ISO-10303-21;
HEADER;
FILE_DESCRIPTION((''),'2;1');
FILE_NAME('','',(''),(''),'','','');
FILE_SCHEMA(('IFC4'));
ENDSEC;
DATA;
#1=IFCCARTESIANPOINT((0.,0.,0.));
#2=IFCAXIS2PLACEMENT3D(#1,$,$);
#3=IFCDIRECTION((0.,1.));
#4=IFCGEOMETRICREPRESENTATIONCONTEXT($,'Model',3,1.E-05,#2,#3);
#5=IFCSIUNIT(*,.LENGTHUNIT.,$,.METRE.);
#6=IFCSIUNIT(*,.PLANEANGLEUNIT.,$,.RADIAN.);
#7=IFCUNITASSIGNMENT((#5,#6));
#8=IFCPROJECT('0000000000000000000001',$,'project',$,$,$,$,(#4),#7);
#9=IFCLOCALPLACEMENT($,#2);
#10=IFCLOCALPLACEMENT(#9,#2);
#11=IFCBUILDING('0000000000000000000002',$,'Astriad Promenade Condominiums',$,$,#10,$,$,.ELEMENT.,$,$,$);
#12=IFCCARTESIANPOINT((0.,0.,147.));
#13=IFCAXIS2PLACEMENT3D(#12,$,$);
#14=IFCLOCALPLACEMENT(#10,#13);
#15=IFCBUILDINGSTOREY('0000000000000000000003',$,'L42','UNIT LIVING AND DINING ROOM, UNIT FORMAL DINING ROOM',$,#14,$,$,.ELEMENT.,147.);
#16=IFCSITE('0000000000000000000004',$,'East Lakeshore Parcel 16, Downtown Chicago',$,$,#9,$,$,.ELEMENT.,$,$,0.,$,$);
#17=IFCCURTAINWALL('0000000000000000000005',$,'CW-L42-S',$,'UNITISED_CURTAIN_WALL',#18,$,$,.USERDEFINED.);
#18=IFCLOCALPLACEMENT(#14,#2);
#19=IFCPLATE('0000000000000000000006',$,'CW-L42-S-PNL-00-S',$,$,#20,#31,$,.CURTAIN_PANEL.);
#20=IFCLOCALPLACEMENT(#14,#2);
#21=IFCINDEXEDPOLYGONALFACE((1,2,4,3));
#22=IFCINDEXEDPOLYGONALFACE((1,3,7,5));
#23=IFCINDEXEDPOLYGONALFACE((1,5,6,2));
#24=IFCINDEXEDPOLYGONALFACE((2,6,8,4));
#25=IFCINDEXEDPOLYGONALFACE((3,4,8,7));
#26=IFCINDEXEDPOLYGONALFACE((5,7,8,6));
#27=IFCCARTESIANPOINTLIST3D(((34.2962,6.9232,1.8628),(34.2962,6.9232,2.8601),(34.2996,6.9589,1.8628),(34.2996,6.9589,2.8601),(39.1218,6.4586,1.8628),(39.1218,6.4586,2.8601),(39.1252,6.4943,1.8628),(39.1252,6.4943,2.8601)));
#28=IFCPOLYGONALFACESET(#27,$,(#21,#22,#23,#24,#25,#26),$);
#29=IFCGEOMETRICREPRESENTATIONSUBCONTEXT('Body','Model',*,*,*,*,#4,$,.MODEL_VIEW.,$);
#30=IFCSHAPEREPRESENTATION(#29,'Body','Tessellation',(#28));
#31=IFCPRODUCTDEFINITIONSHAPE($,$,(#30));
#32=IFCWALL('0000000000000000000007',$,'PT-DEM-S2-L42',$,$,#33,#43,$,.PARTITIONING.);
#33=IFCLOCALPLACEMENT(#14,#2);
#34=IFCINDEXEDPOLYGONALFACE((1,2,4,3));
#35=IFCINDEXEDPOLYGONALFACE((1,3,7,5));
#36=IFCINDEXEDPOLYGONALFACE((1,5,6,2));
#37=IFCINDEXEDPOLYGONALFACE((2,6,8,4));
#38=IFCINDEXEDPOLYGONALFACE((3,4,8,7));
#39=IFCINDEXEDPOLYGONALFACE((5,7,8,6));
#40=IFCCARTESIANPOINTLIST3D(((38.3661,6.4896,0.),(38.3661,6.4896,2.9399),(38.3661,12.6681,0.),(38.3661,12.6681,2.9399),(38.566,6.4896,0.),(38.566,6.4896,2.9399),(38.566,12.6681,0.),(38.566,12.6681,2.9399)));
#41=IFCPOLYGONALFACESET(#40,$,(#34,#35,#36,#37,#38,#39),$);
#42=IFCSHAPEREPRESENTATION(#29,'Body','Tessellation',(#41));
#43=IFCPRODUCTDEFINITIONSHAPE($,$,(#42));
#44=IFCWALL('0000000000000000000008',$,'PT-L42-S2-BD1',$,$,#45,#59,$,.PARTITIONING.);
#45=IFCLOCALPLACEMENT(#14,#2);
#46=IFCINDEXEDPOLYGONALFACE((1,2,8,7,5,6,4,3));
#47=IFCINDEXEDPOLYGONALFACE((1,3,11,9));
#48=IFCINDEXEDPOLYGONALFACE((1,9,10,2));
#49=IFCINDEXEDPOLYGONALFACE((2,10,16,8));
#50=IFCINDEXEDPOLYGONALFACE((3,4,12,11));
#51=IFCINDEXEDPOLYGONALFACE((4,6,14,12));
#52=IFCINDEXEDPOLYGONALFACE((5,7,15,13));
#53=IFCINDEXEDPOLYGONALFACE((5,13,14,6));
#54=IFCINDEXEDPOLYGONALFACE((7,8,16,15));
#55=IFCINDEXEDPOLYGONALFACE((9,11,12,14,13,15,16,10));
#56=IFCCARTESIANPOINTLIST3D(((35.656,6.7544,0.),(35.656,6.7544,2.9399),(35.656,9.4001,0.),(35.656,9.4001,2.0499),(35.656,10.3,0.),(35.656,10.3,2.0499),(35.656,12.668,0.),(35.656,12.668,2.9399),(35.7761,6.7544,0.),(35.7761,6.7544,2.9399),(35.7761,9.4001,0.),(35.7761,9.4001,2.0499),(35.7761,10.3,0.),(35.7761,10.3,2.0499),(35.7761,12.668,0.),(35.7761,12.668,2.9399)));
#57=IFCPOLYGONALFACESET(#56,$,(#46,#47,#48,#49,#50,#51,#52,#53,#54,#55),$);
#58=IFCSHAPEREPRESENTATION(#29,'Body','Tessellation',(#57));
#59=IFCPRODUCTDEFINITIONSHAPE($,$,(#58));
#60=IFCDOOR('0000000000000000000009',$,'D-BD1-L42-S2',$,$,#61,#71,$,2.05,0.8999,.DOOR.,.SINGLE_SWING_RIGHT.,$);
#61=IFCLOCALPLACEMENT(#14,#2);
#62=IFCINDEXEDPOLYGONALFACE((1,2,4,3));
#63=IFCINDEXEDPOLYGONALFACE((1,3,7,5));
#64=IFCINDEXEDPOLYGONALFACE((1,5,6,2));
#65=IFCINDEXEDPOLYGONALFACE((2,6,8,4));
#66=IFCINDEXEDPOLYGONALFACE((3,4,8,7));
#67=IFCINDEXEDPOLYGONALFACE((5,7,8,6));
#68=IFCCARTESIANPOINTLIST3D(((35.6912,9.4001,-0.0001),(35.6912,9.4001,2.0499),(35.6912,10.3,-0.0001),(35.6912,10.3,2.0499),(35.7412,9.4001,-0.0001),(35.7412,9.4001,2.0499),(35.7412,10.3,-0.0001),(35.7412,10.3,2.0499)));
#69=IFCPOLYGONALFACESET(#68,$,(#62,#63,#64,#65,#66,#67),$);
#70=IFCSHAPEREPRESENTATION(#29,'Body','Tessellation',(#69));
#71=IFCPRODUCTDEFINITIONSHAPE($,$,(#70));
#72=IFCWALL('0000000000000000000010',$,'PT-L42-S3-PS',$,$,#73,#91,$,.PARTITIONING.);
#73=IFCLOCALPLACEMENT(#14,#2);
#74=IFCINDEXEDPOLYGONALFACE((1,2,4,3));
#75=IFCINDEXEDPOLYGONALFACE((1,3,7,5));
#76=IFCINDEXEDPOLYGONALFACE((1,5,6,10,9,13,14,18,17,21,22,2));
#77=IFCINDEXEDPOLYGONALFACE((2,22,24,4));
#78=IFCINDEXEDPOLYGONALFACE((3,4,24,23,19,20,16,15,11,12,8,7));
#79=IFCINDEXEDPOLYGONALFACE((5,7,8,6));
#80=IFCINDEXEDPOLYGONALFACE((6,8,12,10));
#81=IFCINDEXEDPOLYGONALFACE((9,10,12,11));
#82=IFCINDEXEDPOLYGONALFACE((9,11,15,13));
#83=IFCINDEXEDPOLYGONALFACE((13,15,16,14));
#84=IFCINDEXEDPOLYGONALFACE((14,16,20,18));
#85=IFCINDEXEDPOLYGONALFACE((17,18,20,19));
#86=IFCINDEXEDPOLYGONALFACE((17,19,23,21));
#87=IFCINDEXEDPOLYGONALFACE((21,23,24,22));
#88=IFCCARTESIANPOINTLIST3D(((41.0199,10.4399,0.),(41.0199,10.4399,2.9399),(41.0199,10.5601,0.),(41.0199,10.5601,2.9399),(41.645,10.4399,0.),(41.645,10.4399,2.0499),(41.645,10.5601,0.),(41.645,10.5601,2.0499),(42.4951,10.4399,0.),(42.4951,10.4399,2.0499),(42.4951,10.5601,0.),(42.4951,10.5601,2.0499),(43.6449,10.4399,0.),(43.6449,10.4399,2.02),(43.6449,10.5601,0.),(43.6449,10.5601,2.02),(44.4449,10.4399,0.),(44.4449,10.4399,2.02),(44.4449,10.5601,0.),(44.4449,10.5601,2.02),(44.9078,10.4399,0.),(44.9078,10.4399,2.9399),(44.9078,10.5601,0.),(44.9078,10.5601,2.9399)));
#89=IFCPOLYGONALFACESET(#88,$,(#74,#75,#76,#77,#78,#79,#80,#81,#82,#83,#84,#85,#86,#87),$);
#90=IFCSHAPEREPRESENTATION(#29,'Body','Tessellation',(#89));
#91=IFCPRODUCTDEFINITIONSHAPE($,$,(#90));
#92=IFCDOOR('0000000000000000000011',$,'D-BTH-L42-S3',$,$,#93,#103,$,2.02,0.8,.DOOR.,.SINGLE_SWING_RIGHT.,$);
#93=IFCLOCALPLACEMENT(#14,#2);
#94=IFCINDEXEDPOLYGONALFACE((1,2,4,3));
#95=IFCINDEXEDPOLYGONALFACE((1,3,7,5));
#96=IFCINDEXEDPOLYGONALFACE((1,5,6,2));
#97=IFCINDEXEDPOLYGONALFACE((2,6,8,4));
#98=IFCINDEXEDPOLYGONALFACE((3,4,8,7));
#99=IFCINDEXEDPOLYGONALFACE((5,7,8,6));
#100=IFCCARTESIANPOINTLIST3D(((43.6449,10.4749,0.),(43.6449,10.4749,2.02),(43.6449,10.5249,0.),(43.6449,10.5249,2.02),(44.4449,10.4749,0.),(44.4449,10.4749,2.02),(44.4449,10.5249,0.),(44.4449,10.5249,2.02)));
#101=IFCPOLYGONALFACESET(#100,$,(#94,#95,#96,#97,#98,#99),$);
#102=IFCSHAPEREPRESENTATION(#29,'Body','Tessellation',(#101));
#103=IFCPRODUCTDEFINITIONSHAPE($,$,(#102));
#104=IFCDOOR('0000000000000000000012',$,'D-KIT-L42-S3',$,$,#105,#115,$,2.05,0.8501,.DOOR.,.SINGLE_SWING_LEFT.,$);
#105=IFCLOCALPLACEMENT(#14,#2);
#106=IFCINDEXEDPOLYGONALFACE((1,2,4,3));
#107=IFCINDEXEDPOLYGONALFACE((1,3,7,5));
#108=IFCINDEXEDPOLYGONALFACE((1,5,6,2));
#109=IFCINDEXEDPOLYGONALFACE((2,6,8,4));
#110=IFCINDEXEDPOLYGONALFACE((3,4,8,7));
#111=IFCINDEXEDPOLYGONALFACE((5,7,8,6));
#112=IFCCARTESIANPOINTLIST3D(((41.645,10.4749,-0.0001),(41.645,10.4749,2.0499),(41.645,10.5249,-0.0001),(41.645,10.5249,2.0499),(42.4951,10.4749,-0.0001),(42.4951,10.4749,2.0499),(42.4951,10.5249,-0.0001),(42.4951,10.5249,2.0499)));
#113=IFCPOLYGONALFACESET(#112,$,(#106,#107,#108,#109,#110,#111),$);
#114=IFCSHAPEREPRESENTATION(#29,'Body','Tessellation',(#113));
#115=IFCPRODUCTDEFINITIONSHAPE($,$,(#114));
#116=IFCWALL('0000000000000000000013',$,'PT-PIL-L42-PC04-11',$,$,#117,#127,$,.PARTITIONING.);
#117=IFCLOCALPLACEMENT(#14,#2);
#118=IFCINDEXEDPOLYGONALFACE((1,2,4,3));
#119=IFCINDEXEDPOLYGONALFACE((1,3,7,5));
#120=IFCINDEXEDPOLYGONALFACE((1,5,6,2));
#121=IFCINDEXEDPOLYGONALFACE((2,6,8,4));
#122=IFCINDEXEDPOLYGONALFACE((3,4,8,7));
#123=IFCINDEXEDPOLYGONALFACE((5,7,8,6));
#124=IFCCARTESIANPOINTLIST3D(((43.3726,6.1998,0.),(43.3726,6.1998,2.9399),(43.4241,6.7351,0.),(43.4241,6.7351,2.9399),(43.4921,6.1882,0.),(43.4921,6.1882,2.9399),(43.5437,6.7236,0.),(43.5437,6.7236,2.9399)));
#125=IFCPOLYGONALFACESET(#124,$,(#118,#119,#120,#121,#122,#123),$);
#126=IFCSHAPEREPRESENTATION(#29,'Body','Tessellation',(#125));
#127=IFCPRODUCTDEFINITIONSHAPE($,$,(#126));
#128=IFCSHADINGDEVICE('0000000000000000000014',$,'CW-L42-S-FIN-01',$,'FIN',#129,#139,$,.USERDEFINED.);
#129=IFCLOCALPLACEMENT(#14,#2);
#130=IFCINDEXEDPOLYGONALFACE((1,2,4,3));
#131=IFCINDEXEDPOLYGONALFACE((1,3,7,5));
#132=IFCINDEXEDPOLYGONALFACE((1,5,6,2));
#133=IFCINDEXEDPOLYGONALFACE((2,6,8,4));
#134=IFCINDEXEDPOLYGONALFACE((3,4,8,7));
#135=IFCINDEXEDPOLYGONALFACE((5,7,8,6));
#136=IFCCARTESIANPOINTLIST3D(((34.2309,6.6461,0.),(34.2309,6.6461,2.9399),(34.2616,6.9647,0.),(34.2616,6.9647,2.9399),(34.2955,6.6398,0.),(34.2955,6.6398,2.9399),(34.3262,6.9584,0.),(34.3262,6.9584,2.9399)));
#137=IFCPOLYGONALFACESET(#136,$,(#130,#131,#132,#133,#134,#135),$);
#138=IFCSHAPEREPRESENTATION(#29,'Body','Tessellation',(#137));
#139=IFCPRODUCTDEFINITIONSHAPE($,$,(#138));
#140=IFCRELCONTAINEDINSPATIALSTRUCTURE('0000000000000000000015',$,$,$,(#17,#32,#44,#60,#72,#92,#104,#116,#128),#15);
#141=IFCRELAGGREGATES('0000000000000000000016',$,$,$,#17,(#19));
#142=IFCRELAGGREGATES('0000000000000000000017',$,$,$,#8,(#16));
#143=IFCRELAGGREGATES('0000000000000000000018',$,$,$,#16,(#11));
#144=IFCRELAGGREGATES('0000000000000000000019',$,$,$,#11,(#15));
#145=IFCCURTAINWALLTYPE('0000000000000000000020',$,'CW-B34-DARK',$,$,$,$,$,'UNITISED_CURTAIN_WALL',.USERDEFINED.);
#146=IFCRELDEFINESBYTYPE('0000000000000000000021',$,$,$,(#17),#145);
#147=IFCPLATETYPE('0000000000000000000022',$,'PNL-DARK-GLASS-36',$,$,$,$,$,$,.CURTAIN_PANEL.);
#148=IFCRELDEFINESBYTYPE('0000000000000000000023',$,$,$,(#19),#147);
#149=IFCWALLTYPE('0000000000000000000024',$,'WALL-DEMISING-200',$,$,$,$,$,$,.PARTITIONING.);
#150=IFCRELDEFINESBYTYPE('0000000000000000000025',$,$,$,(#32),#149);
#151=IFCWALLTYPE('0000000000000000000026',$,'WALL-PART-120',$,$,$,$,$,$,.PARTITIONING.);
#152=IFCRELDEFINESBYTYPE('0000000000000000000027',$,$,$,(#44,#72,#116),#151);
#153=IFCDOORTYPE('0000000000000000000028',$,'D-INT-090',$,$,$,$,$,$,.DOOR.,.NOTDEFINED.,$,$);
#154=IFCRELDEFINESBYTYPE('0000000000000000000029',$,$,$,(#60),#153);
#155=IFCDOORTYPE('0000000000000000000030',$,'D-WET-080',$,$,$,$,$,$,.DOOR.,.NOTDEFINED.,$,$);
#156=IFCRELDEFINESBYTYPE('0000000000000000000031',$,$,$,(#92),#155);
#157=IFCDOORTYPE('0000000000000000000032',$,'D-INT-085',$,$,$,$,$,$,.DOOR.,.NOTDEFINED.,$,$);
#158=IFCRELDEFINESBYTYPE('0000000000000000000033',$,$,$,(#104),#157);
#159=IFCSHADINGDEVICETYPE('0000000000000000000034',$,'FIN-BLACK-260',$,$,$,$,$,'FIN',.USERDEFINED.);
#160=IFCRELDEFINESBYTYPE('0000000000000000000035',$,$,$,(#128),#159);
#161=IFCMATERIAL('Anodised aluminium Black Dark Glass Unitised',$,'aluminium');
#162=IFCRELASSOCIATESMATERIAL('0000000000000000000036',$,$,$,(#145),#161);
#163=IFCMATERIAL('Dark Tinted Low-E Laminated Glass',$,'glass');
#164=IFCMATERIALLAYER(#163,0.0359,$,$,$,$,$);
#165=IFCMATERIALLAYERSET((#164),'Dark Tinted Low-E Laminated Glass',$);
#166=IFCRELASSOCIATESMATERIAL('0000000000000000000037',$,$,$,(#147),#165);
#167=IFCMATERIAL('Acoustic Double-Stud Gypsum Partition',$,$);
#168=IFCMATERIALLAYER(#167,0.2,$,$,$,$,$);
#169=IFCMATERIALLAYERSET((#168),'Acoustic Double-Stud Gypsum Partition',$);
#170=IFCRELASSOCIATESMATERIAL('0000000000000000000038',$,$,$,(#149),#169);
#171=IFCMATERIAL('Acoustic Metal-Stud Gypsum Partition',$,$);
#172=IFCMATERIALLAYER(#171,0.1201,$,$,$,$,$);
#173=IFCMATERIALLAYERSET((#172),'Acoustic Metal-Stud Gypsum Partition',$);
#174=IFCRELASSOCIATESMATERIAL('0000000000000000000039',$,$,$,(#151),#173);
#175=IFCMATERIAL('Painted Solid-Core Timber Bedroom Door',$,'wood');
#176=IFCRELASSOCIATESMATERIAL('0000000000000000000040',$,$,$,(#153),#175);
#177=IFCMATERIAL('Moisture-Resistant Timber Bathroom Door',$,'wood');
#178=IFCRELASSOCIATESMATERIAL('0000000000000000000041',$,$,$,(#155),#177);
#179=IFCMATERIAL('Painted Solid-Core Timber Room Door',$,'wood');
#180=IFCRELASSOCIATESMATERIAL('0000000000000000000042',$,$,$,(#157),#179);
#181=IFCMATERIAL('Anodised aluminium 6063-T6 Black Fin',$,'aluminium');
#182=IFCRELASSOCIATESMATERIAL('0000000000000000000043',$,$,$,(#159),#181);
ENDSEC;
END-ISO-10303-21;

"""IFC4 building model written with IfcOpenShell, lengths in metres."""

from ifc_helpers import new_model, si_unit, direction, frame, frame_2d, origin, origin_2d, place, context, subcontext, project, spatial, rectangle, extrude, source, transform, mapped, material, layer, layer_set, type_object, type_shapes, element, fill, aggregate, save


model = new_model("IFC4")

# Units and contexts
model_context = context("Model", 3, precision=1e-05, world=origin(), true_north=direction((0.0, 1.0)))
body_context = subcontext(model_context, "Body", "Model", "MODEL_VIEW")
ifc_project = project(units=[si_unit("LENGTHUNIT", "METRE"), si_unit("PLANEANGLEUNIT", "RADIAN")], contexts=[model_context])

# Site, building, storey
site_placement = place(None, origin())
site = spatial("IfcSite", under=ifc_project, at=site_placement, Name="East Lakeshore Parcel 16, Downtown Chicago", CompositionType="ELEMENT", RefElevation=0.0)
building_placement = place(site_placement, origin())
building = spatial("IfcBuilding", under=site, at=building_placement, Name="Astriad Promenade Condominiums", CompositionType="ELEMENT")
storey_placement = place(building_placement, frame((0.0, 0.0, 147.0)))
storey = spatial("IfcBuildingStorey", under=building, at=storey_placement, Name="L42", Description="UNIT LIVING AND DINING ROOM, UNIT FORMAL DINING ROOM", CompositionType="ELEMENT", Elevation=147.0)

# Curtain wall, plate
ifc_material_1 = material(Name="Anodised aluminium Black Dark Glass Unitised", Category="aluminium")
curtain_wall_type = type_object("IfcCurtainWallType", Name="CW-B34-DARK", ElementType="UNITISED_CURTAIN_WALL", PredefinedType="USERDEFINED", material=ifc_material_1)
curtain_wall_placement = place(storey_placement, origin())
curtain_wall = element("IfcCurtainWall", 1, at=curtain_wall_placement, inside=storey, type_object=curtain_wall_type, Name="CW-L42-S", ObjectType="UNITISED_CURTAIN_WALL", PredefinedType="USERDEFINED")
ifc_material_2 = material(Name="Dark Tinted Low-E Laminated Glass", Category="glass")
ifc_layer_1 = layer(ifc_material_2, 0.0359)
ifc_layer_set_1 = layer_set([ifc_layer_1], Name="Dark Tinted Low-E Laminated Glass")
plate_type = type_object("IfcPlateType", Name="PNL-DARK-GLASS-36", PredefinedType="CURTAIN_PANEL", material=ifc_layer_set_1)
shared_shape_1 = source(origin(), body_context, "Body", "SweptSolid", [
    extrude(rectangle(XDim=4.8479, YDim=0.0359, at=origin_2d()), origin(), (0.0, 0.0, 1.0), 0.9973),
])
plate_1_placement = place(storey_placement, frame((36.7107, 6.7087, 1.8628), z_axis=(0.0, 0.0, 1.0), x_axis=(-0.995396, 0.095846, 0.0)))
plate_1 = element("IfcPlate", 2, at=plate_1_placement, type_object=plate_type, Name="CW-L42-S-PNL-00-S", PredefinedType="CURTAIN_PANEL", context=body_context, shape_type="MappedRepresentation", body=[
    mapped(shared_shape_1, transform((0.0, 0.0, 0.0), scale=1.0)),
])
aggregate(curtain_wall, [plate_1])

# Wall
ifc_material_3 = material(Name="Acoustic Double-Stud Gypsum Partition")
ifc_layer_2 = layer(ifc_material_3, 0.2)
ifc_layer_set_2 = layer_set([ifc_layer_2], Name="Acoustic Double-Stud Gypsum Partition")
wall_type_1 = type_object("IfcWallType", Name="WALL-DEMISING-200", PredefinedType="PARTITIONING", material=ifc_layer_set_2)
wall_1_placement = place(storey_placement, frame((38.4661, 6.4895, 0.0), z_axis=(0.0, 0.0, 1.0), x_axis=(0.0, 1.0, 0.0)))
element("IfcWall", 3, at=wall_1_placement, inside=storey, type_object=wall_type_1, Name="PT-DEM-S2-L42", PredefinedType="PARTITIONING", context=body_context, shape_type="SweptSolid", body=[
    extrude(rectangle(XDim=6.1785, YDim=0.2, at=frame_2d((3.0894, 0.0))), origin(), (0.0, 0.0, 1.0), 2.9399),
])

# Wall, opening, door
ifc_material_4 = material(Name="Acoustic Metal-Stud Gypsum Partition")
ifc_layer_3 = layer(ifc_material_4, 0.1201)
ifc_layer_set_3 = layer_set([ifc_layer_3], Name="Acoustic Metal-Stud Gypsum Partition")
wall_type_2 = type_object("IfcWallType", Name="WALL-PART-120", PredefinedType="PARTITIONING", material=ifc_layer_set_3)
wall_2_placement = place(storey_placement, frame((35.7161, 6.7544, 0.0), z_axis=(0.0, 0.0, 1.0), x_axis=(0.0, 1.0, 0.0)))
wall_2 = element("IfcWall", 4, at=wall_2_placement, inside=storey, type_object=wall_type_2, Name="PT-L42-S2-BD1", PredefinedType="PARTITIONING", context=body_context, shape_type="SweptSolid", body=[
    extrude(rectangle(XDim=5.9136, YDim=0.1201, at=frame_2d((2.9568, 0.0))), origin(), (0.0, 0.0, 1.0), 2.9399),
])
opening_1_placement = place(wall_2_placement, frame((2.6458, 0.0, 0.0)))
opening_1 = element("IfcOpeningElement", 5, at=opening_1_placement, cuts=wall_2, PredefinedType="OPENING", context=body_context, shape_type="SweptSolid", body=[
    extrude(rectangle(XDim=0.8999, YDim=2.05, at=frame_2d((0.45, 1.0249))), frame((0.0, 0.0701, 0.0), z_axis=(0.0, -1.0, 0.0), x_axis=(1.0, 0.0, 0.0)), (0.0, 0.0, 1.0), 0.1401),
])
ifc_material_5 = material(Name="Painted Solid-Core Timber Bedroom Door", Category="wood")
door_type_1 = type_object("IfcDoorType", Name="D-INT-090", OperationType="NOTDEFINED", PredefinedType="DOOR", material=ifc_material_5)
shared_shape_2 = source(origin(), body_context, "Body", "SweptSolid", [
    extrude(rectangle(XDim=0.8999, YDim=2.05, at=frame_2d((0.45, 1.0249))), frame((0.0, 0.0249, 0.0), z_axis=(0.0, -1.0, 0.0), x_axis=(1.0, 0.0, 0.0)), (0.0, 0.0, 1.0), 0.05),
])
type_shapes(door_type_1, [shared_shape_2])
door_1_placement = place(opening_1_placement, origin())
door_1 = element("IfcDoor", 6, at=door_1_placement, inside=storey, type_object=door_type_1, Name="D-BD1-L42-S2", OperationType="SINGLE_SWING_RIGHT", OverallHeight=2.05, OverallWidth=0.8999, PredefinedType="DOOR", context=body_context, shape_type="MappedRepresentation", body=[
    mapped(shared_shape_2, transform((0.0, 0.0, 0.0), scale=1.0)),
])
fill(opening_1, door_1)

# Wall, openings, doors
wall_3_placement = place(storey_placement, frame((41.02, 10.5, 0.0), z_axis=(0.0, 0.0, 1.0), x_axis=(1.0, 0.0, 0.0)))
wall_3 = element("IfcWall", 7, at=wall_3_placement, inside=storey, type_object=wall_type_2, Name="PT-L42-S3-PS", PredefinedType="PARTITIONING", context=body_context, shape_type="SweptSolid", body=[
    extrude(rectangle(XDim=3.8879, YDim=0.1201, at=frame_2d((1.9438, 0.0))), origin(), (0.0, 0.0, 1.0), 2.9399),
])
opening_2_placement = place(wall_3_placement, frame((0.625, 0.0, 0.0)))
opening_2 = element("IfcOpeningElement", 8, at=opening_2_placement, cuts=wall_3, PredefinedType="OPENING", context=body_context, shape_type="SweptSolid", body=[
    extrude(rectangle(XDim=0.8501, YDim=2.05, at=frame_2d((0.425, 1.0249))), frame((0.0, 0.0701, 0.0), z_axis=(0.0, -1.0, 0.0), x_axis=(1.0, 0.0, 0.0)), (0.0, 0.0, 1.0), 0.1401),
])
opening_3_placement = place(wall_3_placement, frame((2.625, 0.0, 0.0)))
opening_3 = element("IfcOpeningElement", 9, at=opening_3_placement, cuts=wall_3, PredefinedType="OPENING", context=body_context, shape_type="SweptSolid", body=[
    extrude(rectangle(XDim=0.8, YDim=2.02, at=frame_2d((0.3999, 1.01))), frame((0.0, 0.0701, 0.0), z_axis=(0.0, -1.0, 0.0), x_axis=(1.0, 0.0, 0.0)), (0.0, 0.0, 1.0), 0.1401),
])
ifc_material_6 = material(Name="Moisture-Resistant Timber Bathroom Door", Category="wood")
door_type_2 = type_object("IfcDoorType", Name="D-WET-080", OperationType="NOTDEFINED", PredefinedType="DOOR", material=ifc_material_6)
shared_shape_3 = source(origin(), body_context, "Body", "SweptSolid", [
    extrude(rectangle(XDim=0.8, YDim=2.02, at=frame_2d((0.3999, 1.01))), frame((0.0, 0.0249, 0.0), z_axis=(0.0, -1.0, 0.0), x_axis=(1.0, 0.0, 0.0)), (0.0, 0.0, 1.0), 0.05),
])
type_shapes(door_type_2, [shared_shape_3])
door_2_placement = place(opening_3_placement, origin())
door_2 = element("IfcDoor", 10, at=door_2_placement, inside=storey, type_object=door_type_2, Name="D-BTH-L42-S3", OperationType="SINGLE_SWING_RIGHT", OverallHeight=2.02, OverallWidth=0.8, PredefinedType="DOOR", context=body_context, shape_type="MappedRepresentation", body=[
    mapped(shared_shape_3, transform((0.0, 0.0, 0.0), scale=1.0)),
])
fill(opening_3, door_2)
ifc_material_7 = material(Name="Painted Solid-Core Timber Room Door", Category="wood")
door_type_3 = type_object("IfcDoorType", Name="D-INT-085", OperationType="NOTDEFINED", PredefinedType="DOOR", material=ifc_material_7)
shared_shape_4 = source(origin(), body_context, "Body", "SweptSolid", [
    extrude(rectangle(XDim=0.8501, YDim=2.05, at=frame_2d((0.425, 1.0249))), frame((0.0, 0.0249, 0.0), z_axis=(0.0, -1.0, 0.0), x_axis=(1.0, 0.0, 0.0)), (0.0, 0.0, 1.0), 0.05),
])
type_shapes(door_type_3, [shared_shape_4])
door_3_placement = place(opening_2_placement, origin())
door_3 = element("IfcDoor", 11, at=door_3_placement, inside=storey, type_object=door_type_3, Name="D-KIT-L42-S3", OperationType="SINGLE_SWING_LEFT", OverallHeight=2.05, OverallWidth=0.8501, PredefinedType="DOOR", context=body_context, shape_type="MappedRepresentation", body=[
    mapped(shared_shape_4, transform((0.0, 0.0, 0.0), scale=1.0)),
])
fill(opening_2, door_3)

# Wall
wall_4_placement = place(storey_placement, frame((43.4839, 6.7295, 0.0), z_axis=(0.0, 0.0, 1.0), x_axis=(-0.095773, -0.995403, 0.0)))
element("IfcWall", 12, at=wall_4_placement, inside=storey, type_object=wall_type_2, Name="PT-PIL-L42-PC04-11", PredefinedType="PARTITIONING", context=body_context, shape_type="SweptSolid", body=[
    extrude(rectangle(XDim=0.5378, YDim=0.1201, at=frame_2d((0.269, 0.0))), origin(), (0.0, 0.0, 1.0), 2.9399),
])

# Shading device
ifc_material_8 = material(Name="Anodised aluminium 6063-T6 Black Fin", Category="aluminium")
shading_device_type = type_object("IfcShadingDeviceType", Name="FIN-BLACK-260", ElementType="FIN", PredefinedType="USERDEFINED", material=ifc_material_8)
shared_shape_5 = source(origin(), body_context, "Body", "SweptSolid", [
    extrude(rectangle(XDim=0.0649, YDim=0.3201, at=origin_2d()), origin(), (0.0, 0.0, 1.0), 2.9399),
])
type_shapes(shading_device_type, [shared_shape_5])
shading_device_placement = place(storey_placement, frame((34.2786, 6.8022, 0.0), z_axis=(0.0, 0.0, 1.0), x_axis=(-0.995396, 0.095846, 0.0)))
element("IfcShadingDevice", 13, at=shading_device_placement, inside=storey, type_object=shading_device_type, Name="CW-L42-S-FIN-01", ObjectType="FIN", PredefinedType="USERDEFINED", context=body_context, shape_type="MappedRepresentation", body=[
    mapped(shared_shape_5, transform((0.0, 0.0, 0.0), scale=1.0)),
])

save(model, "model.ifc")
